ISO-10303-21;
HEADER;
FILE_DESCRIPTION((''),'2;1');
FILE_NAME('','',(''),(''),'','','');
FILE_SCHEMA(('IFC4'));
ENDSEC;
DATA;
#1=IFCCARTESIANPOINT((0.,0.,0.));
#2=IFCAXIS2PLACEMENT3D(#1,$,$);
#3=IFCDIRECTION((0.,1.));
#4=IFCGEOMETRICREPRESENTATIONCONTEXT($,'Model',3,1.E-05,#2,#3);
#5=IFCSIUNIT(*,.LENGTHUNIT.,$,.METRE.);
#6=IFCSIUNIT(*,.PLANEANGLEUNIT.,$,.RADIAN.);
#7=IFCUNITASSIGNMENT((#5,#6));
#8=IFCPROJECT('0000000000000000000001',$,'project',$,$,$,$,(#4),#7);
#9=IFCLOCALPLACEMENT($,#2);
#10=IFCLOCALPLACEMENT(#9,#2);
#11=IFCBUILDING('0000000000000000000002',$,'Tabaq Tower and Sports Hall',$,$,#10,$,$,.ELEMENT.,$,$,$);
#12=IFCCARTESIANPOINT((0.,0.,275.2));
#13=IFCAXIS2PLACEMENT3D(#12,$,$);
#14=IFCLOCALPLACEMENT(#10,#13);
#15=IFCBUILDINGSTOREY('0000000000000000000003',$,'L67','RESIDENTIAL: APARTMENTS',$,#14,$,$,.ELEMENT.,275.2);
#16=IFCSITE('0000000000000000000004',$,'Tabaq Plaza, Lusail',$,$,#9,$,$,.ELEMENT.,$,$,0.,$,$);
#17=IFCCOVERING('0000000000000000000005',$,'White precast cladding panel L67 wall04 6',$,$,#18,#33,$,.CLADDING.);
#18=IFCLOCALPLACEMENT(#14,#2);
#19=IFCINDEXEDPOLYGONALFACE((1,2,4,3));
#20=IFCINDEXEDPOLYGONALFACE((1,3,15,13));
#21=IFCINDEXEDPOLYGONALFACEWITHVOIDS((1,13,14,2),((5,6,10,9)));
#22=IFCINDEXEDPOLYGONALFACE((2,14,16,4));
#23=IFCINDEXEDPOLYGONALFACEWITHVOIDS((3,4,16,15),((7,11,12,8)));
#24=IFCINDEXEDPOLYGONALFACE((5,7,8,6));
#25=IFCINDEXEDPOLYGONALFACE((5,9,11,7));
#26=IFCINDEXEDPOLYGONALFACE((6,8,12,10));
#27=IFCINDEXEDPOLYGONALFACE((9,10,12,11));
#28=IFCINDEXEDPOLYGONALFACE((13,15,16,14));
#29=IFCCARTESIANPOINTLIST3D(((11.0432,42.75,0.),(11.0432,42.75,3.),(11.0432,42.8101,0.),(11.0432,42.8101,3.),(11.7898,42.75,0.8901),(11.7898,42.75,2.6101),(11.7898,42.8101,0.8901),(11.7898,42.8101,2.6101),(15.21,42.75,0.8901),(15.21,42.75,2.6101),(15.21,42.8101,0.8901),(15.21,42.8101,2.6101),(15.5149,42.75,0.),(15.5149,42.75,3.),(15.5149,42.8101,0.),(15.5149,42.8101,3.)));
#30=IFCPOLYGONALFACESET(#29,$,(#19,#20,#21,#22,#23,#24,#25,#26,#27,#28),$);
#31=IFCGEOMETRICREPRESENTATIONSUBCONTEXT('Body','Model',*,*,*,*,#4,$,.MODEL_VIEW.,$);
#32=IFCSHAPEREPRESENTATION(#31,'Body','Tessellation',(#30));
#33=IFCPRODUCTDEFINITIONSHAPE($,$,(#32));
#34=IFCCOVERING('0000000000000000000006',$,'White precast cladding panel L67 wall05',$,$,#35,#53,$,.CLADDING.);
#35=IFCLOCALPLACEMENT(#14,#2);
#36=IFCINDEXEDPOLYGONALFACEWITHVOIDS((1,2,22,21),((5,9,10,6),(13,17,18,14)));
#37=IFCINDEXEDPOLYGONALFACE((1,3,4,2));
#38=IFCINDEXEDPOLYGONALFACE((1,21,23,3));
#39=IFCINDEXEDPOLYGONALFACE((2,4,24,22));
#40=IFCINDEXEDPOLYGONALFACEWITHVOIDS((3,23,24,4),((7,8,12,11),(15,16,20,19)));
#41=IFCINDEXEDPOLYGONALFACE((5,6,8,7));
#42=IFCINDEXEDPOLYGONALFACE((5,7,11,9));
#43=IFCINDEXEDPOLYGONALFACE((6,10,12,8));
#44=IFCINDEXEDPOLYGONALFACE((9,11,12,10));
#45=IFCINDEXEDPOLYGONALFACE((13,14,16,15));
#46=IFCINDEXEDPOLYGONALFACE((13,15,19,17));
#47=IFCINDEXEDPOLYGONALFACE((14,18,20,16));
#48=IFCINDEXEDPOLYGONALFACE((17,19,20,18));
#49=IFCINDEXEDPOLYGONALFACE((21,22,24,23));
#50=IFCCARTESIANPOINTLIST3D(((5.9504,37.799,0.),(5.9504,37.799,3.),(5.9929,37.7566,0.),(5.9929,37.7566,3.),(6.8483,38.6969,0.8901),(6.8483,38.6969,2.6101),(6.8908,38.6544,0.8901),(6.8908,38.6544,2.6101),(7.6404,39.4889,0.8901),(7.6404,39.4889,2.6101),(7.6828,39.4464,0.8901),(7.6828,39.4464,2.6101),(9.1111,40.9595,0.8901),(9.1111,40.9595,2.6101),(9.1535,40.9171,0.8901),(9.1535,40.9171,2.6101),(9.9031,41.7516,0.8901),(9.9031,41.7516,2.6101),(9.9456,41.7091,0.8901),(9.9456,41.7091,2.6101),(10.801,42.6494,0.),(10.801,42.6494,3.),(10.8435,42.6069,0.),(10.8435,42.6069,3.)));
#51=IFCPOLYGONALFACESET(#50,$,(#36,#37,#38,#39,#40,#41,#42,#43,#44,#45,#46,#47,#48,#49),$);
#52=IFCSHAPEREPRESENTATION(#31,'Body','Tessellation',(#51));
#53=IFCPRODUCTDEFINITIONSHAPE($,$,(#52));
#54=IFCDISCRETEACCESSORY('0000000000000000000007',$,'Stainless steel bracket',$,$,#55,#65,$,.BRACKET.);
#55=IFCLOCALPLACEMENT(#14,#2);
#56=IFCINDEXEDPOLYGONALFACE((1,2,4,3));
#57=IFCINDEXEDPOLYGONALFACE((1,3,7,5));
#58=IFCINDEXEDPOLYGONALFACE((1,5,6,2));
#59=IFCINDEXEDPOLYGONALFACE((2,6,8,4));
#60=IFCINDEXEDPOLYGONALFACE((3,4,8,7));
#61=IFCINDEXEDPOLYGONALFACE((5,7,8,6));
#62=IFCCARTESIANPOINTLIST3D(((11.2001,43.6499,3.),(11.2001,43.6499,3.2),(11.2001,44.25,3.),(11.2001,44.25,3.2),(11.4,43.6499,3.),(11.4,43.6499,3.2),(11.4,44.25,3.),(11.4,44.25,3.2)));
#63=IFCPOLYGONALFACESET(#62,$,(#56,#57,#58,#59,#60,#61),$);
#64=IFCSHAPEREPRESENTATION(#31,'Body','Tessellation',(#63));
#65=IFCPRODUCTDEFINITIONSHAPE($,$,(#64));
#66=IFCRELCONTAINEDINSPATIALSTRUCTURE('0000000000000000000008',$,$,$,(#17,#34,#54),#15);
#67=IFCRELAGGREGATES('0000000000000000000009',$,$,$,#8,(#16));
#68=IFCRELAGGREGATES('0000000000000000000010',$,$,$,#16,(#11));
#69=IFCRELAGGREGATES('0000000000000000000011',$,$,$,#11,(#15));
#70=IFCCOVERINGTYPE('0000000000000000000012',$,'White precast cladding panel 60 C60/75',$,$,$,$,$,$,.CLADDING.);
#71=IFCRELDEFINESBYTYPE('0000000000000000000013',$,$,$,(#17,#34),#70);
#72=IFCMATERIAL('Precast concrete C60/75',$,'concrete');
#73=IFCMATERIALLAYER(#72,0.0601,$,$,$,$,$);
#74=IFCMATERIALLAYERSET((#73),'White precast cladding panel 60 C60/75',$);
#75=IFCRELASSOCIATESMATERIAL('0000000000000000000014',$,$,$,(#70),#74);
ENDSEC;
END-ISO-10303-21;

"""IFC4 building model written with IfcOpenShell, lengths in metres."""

from ifc_helpers import new_model, si_unit, direction, frame, origin, origin_2d, place, context, subcontext, project, spatial, polyline, rectangle, outline, extrude, material, layer, layer_set, type_object, element, save


model = new_model("IFC4")

# Units and contexts
model_context = context("Model", 3, precision=1e-05, world=origin(), true_north=direction((0.0, 1.0)))
body_context = subcontext(model_context, "Body", "Model", "MODEL_VIEW")
ifc_project = project(units=[si_unit("LENGTHUNIT", "METRE"), si_unit("PLANEANGLEUNIT", "RADIAN")], contexts=[model_context])

# Site, building, storey
site_placement = place(None, origin())
site = spatial("IfcSite", under=ifc_project, at=site_placement, Name="Tabaq Plaza, Lusail", CompositionType="ELEMENT", RefElevation=0.0)
building_placement = place(site_placement, origin())
building = spatial("IfcBuilding", under=site, at=building_placement, Name="Tabaq Tower and Sports Hall", CompositionType="ELEMENT")
storey_placement = place(building_placement, frame((0.0, 0.0, 275.2)))
storey = spatial("IfcBuildingStorey", under=building, at=storey_placement, Name="L67", Description="RESIDENTIAL: APARTMENTS", CompositionType="ELEMENT", Elevation=275.2)

# Coverings
ifc_material_1 = material(Name="Precast concrete C60/75", Category="concrete")
ifc_layer_1 = layer(ifc_material_1, 0.0601)
ifc_layer_set_1 = layer_set([ifc_layer_1], Name="White precast cladding panel 60 C60/75")
covering_type = type_object("IfcCoveringType", Name="White precast cladding panel 60 C60/75", PredefinedType="CLADDING", material=ifc_layer_set_1)
covering_1_placement = place(storey_placement, frame((15.5149, 42.78, 0.0), z_axis=(0.0, 0.0, 1.0), x_axis=(-1.0, 0.0, 0.0)))
element("IfcCovering", 1, at=covering_1_placement, inside=storey, type_object=covering_type, Name="White precast cladding panel L67 wall04 6", PredefinedType="CLADDING", context=body_context, shape_type="SweptSolid", body=[
    extrude(outline(polyline([(0.0, 0.0), (4.4717, 0.0), (4.4717, 3.0), (0.0, 3.0), (0.0, 0.0)]), holes=[polyline([(0.3049, 0.8901), (0.3049, 2.6101), (3.7251, 2.6101), (3.7251, 0.8901), (0.3049, 0.8901)])]), frame((0.0, 0.03, 0.0), z_axis=(0.0, -1.0, 0.0), x_axis=(1.0, 0.0, 0.0)), (0.0, 0.0, 1.0), 0.0601),
])
covering_2_placement = place(storey_placement, frame((10.8223, 42.6282, 0.0), z_axis=(0.0, 0.0, 1.0), x_axis=(-0.707125, -0.707089, 0.0)))
element("IfcCovering", 2, at=covering_2_placement, inside=storey, type_object=covering_type, Name="White precast cladding panel L67 wall05", PredefinedType="CLADDING", context=body_context, shape_type="SweptSolid", body=[
    extrude(outline(polyline([(0.0, 0.0), (6.8596, 0.0), (6.8596, 3.0), (0.0, 3.0), (0.0, 0.0)]), holes=[polyline([(1.2698, 2.6101), (2.3899, 2.6101), (2.3899, 0.8901), (1.2698, 0.8901), (1.2698, 2.6101)]), polyline([(4.4697, 2.6101), (5.5898, 2.6101), (5.5898, 0.8901), (4.4697, 0.8901), (4.4697, 2.6101)])]), frame((0.0, 0.03, 0.0), z_axis=(0.0, -1.0, 0.0), x_axis=(1.0, 0.0, 0.0)), (0.0, 0.0, 1.0), 0.0601),
])

# Discrete accessory
discrete_accessory_placement = place(storey_placement, frame((11.3, 43.95, 3.0), z_axis=(0.0, 0.0, 1.0), x_axis=(0.0, 1.0, 0.0)))
element("IfcDiscreteAccessory", 3, at=discrete_accessory_placement, inside=storey, Name="Stainless steel bracket", PredefinedType="BRACKET", context=body_context, shape_type="SweptSolid", body=[
    extrude(rectangle(XDim=0.6001, YDim=0.2, at=origin_2d()), origin(), (0.0, 0.0, 1.0), 0.2),
])

save(model, "model.ifc")
